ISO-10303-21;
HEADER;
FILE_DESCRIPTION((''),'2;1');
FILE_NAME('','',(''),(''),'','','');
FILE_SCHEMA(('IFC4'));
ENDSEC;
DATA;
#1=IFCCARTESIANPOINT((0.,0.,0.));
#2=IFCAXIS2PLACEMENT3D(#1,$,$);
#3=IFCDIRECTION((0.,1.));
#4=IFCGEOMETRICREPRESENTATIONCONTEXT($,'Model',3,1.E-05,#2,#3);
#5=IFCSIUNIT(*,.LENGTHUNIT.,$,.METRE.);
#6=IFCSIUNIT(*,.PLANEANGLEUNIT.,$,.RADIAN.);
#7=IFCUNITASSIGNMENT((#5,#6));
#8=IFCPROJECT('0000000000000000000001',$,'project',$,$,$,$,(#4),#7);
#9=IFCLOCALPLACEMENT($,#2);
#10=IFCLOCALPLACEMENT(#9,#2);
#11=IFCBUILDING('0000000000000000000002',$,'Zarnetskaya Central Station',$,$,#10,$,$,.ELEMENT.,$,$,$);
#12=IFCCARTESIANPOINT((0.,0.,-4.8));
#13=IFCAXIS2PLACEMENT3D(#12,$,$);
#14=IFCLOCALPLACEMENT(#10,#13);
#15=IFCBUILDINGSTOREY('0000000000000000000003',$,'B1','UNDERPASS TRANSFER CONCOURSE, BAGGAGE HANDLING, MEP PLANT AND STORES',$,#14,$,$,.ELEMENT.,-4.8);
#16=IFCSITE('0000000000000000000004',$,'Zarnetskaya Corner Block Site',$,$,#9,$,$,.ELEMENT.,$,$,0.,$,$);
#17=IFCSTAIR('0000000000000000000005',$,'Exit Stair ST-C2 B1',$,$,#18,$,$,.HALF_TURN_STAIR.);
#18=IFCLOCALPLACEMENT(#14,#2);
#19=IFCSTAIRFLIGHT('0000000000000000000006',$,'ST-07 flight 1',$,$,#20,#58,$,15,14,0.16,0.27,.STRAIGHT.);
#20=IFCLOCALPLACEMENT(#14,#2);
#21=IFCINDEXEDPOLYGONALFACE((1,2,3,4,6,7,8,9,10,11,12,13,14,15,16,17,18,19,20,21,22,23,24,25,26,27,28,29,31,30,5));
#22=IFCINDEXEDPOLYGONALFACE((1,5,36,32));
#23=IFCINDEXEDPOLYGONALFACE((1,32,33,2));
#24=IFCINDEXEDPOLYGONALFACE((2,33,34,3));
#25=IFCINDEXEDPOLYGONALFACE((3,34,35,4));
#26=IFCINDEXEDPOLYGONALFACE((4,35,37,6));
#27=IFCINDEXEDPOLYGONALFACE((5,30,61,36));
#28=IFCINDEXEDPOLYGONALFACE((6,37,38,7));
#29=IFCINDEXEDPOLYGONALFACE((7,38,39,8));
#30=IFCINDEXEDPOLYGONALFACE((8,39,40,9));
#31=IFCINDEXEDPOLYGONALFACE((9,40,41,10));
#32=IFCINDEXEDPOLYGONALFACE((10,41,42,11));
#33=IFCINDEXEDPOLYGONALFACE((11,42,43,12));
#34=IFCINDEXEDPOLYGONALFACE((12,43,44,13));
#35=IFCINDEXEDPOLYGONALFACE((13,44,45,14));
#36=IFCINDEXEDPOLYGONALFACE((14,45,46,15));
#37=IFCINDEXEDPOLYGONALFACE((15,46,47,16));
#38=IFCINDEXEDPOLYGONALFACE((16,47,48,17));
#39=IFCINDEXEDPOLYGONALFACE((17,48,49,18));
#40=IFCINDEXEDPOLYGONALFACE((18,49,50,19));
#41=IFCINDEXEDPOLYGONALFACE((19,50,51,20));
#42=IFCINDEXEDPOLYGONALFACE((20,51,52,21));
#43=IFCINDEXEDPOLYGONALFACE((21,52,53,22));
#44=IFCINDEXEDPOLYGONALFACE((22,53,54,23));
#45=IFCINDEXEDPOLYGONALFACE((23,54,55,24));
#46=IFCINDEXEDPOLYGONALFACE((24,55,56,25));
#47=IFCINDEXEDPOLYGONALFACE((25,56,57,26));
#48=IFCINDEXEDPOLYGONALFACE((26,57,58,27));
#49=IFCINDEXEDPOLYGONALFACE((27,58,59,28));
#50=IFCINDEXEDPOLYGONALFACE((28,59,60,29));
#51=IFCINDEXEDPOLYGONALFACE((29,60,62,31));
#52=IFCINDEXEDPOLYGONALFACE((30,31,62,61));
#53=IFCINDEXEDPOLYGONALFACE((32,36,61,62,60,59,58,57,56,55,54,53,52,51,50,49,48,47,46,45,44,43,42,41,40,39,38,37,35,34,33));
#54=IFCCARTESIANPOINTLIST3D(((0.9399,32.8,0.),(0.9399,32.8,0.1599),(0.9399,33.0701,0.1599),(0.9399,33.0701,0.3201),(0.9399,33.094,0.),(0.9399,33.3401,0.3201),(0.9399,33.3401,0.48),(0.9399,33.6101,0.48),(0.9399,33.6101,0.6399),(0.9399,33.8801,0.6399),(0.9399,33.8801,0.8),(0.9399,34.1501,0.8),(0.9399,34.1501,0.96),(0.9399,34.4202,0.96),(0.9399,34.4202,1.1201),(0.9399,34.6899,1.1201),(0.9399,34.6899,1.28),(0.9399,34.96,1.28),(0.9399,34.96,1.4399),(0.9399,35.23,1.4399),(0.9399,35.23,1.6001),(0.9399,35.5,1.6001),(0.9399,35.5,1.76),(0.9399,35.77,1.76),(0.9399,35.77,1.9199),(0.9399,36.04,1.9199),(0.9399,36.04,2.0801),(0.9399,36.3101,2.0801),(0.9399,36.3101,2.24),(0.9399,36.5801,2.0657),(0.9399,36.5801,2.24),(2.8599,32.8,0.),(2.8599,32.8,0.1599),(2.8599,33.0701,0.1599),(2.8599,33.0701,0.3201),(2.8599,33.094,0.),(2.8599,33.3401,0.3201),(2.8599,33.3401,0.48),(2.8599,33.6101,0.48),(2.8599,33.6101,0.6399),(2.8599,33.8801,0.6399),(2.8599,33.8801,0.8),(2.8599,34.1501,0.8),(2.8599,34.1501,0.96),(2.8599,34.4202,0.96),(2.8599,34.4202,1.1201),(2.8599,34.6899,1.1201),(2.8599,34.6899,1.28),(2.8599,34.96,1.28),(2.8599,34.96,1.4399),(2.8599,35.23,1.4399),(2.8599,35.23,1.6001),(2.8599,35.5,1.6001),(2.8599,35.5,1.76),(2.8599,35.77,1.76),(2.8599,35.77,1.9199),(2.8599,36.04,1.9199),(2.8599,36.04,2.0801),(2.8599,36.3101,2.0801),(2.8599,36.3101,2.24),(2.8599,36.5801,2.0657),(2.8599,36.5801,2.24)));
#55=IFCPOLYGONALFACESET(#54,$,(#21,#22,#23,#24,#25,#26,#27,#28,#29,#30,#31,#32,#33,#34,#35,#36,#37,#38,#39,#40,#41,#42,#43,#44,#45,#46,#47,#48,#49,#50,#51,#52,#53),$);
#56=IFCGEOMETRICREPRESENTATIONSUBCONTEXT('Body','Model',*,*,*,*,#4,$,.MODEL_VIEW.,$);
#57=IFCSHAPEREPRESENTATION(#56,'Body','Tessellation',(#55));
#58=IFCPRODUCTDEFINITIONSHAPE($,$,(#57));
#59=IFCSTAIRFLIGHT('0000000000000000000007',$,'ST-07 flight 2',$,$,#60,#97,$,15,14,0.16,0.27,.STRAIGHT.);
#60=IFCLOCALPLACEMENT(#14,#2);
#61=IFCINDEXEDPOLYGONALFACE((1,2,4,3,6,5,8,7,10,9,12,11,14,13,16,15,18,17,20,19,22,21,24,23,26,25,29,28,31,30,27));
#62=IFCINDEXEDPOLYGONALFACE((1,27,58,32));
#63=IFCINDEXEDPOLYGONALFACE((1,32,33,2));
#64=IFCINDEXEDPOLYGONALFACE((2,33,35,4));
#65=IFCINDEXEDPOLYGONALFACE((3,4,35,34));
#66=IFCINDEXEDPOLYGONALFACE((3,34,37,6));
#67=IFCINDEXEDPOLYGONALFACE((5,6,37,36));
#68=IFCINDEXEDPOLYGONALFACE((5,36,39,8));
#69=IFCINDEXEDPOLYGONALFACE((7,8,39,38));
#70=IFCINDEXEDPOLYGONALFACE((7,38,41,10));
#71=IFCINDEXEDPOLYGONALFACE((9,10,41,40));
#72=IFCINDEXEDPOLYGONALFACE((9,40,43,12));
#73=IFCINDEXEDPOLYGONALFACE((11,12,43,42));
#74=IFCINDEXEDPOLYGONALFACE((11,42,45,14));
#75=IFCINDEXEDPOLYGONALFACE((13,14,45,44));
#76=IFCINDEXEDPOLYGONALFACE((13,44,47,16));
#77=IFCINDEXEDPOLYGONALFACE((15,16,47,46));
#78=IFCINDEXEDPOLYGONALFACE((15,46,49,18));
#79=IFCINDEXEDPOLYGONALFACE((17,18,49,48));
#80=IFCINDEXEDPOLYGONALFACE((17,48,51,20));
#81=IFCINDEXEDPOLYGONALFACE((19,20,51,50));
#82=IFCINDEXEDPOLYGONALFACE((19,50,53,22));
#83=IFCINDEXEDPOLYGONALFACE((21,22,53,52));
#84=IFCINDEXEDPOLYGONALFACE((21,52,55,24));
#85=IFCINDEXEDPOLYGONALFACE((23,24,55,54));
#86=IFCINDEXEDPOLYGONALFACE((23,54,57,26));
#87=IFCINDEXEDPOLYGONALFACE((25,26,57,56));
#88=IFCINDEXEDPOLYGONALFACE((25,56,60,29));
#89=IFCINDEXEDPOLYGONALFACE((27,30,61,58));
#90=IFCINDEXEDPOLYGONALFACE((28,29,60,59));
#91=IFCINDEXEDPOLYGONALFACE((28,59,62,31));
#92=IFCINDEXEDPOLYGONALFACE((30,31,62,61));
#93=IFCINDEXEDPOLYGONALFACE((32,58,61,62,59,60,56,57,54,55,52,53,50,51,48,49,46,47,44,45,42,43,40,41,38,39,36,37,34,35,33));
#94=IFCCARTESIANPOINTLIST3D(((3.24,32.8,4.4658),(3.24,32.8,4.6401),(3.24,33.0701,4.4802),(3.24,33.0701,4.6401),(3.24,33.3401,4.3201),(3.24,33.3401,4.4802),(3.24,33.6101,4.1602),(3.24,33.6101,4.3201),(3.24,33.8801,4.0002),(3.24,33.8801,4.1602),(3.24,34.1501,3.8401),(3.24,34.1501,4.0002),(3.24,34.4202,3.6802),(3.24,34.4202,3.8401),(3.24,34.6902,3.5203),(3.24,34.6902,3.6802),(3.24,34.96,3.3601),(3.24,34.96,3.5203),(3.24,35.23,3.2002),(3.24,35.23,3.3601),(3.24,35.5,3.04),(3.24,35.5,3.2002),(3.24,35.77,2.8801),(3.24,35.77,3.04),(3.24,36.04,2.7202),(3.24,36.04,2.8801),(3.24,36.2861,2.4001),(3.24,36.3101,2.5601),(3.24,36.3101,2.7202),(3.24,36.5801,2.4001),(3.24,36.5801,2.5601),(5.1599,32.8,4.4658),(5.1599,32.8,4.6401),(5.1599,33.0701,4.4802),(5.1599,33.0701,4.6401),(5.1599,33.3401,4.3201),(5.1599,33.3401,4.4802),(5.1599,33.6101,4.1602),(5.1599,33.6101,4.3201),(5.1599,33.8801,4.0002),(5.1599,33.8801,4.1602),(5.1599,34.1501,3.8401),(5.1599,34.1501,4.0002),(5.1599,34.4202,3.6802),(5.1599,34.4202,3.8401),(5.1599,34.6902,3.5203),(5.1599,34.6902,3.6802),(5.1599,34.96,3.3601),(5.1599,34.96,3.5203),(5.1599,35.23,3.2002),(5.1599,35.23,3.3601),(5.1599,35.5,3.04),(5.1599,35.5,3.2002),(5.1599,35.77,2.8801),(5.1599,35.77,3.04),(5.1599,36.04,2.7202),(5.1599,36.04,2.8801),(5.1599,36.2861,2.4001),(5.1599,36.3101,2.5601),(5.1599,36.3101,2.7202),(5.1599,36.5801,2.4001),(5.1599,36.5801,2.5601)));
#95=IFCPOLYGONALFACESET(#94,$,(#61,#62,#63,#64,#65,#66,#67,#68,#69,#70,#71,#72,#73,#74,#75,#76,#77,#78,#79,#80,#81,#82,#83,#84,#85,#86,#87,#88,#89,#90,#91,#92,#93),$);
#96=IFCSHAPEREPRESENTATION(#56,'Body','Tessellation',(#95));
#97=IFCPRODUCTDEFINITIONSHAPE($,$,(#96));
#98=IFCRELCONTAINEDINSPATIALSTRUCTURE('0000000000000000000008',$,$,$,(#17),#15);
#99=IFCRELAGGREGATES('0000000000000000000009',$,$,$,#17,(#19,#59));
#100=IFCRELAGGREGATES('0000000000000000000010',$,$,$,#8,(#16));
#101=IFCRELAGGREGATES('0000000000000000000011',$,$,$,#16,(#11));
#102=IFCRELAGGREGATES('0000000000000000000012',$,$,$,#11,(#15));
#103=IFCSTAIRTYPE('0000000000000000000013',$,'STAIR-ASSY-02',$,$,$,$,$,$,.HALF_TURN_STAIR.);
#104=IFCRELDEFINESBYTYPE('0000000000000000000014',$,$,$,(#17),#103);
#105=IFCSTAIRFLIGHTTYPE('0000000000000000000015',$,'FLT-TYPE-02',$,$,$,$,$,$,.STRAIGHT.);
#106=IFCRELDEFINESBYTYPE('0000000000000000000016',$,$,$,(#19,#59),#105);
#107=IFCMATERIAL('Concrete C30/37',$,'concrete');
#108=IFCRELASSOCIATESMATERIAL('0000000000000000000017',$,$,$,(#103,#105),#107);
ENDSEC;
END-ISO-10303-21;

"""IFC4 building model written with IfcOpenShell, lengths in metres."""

from ifc_helpers import new_model, si_unit, direction, frame, origin, place, context, subcontext, project, spatial, polyline, outline, extrude, material, type_object, element, aggregate, save


model = new_model("IFC4")

# Units and contexts
model_context = context("Model", 3, precision=1e-05, world=origin(), true_north=direction((0.0, 1.0)))
body_context = subcontext(model_context, "Body", "Model", "MODEL_VIEW")
ifc_project = project(units=[si_unit("LENGTHUNIT", "METRE"), si_unit("PLANEANGLEUNIT", "RADIAN")], contexts=[model_context])

# Site, building, storey
site_placement = place(None, origin())
site = spatial("IfcSite", under=ifc_project, at=site_placement, Name="Zarnetskaya Corner Block Site", CompositionType="ELEMENT", RefElevation=0.0)
building_placement = place(site_placement, origin())
building = spatial("IfcBuilding", under=site, at=building_placement, Name="Zarnetskaya Central Station", CompositionType="ELEMENT")
storey_placement = place(building_placement, frame((0.0, 0.0, -4.8)))
storey = spatial("IfcBuildingStorey", under=building, at=storey_placement, Name="B1", Description="UNDERPASS TRANSFER CONCOURSE, BAGGAGE HANDLING, MEP PLANT AND STORES", CompositionType="ELEMENT", Elevation=-4.8)

# Shared definitions
ifc_material_1 = material(Name="Concrete C30/37", Category="concrete")

# Stair, stair flights
stair_type = type_object("IfcStairType", Name="STAIR-ASSY-02", PredefinedType="HALF_TURN_STAIR", material=ifc_material_1)
stair_placement = place(storey_placement, origin())
stair = element("IfcStair", 1, at=stair_placement, inside=storey, type_object=stair_type, Name="Exit Stair ST-C2 B1", PredefinedType="HALF_TURN_STAIR")
stair_flight_type = type_object("IfcStairFlightType", Name="FLT-TYPE-02", PredefinedType="STRAIGHT", material=ifc_material_1)
stair_flight_1_placement = place(storey_placement, frame((1.8999, 32.8, 0.0), z_axis=(0.0, 0.0, 1.0), x_axis=(0.0, 1.0, 0.0)))
stair_flight_1 = element("IfcStairFlight", 2, at=stair_flight_1_placement, type_object=stair_flight_type, Name="ST-07 flight 1", NumberOfRisers=15, NumberOfTreads=14, PredefinedType="STRAIGHT", RiserHeight=0.16, TreadLength=0.27, context=body_context, shape_type="SweptSolid", body=[
    extrude(outline(polyline([(0.0, 0.0), (0.0, 0.1599), (0.27, 0.1599), (0.27, 0.3201), (0.54, 0.3201), (0.54, 0.48), (0.8101, 0.48), (0.8101, 0.6399), (1.0801, 0.6399), (1.0801, 0.8), (1.3501, 0.8), (1.3501, 0.96), (1.6201, 0.96), (1.6201, 1.1201), (1.8899, 1.1201), (1.8899, 1.28), (2.1599, 1.28), (2.1599, 1.4399), (2.4299, 1.4399), (2.4299, 1.6001), (2.7, 1.6001), (2.7, 1.76), (2.97, 1.76), (2.97, 1.9199), (3.24, 1.9199), (3.24, 2.0801), (3.51, 2.0801), (3.51, 2.24), (3.78, 2.24), (3.78, 2.3999), (3.78, 2.0657), (0.2939, 0.0), (0.0, 0.0)])), frame((0.0, 0.96, 0.0), z_axis=(0.0, -1.0, 0.0), x_axis=(1.0, 0.0, 0.0)), (0.0, 0.0, 1.0), 1.9199),
])
stair_flight_2_placement = place(storey_placement, frame((4.2, 36.5801, 2.4001), z_axis=(0.0, 0.0, 1.0), x_axis=(0.0, -1.0, 0.0)))
stair_flight_2 = element("IfcStairFlight", 3, at=stair_flight_2_placement, type_object=stair_flight_type, Name="ST-07 flight 2", NumberOfRisers=15, NumberOfTreads=14, PredefinedType="STRAIGHT", RiserHeight=0.16, TreadLength=0.27, context=body_context, shape_type="SweptSolid", body=[
    extrude(outline(polyline([(0.0, 0.0), (0.0, 0.1599), (0.27, 0.1599), (0.27, 0.3201), (0.54, 0.3201), (0.54, 0.48), (0.8101, 0.48), (0.8101, 0.6399), (1.0801, 0.6399), (1.0801, 0.8), (1.3501, 0.8), (1.3501, 0.96), (1.6201, 0.96), (1.6201, 1.1201), (1.8899, 1.1201), (1.8899, 1.28), (2.1599, 1.28), (2.1599, 1.4399), (2.4299, 1.4399), (2.4299, 1.6001), (2.7, 1.6001), (2.7, 1.76), (2.97, 1.76), (2.97, 1.9199), (3.24, 1.9199), (3.24, 2.0801), (3.51, 2.0801), (3.51, 2.24), (3.78, 2.24), (3.78, 2.3999), (3.78, 2.0657), (0.2939, 0.0), (0.0, 0.0)])), frame((0.0, 0.96, 0.0), z_axis=(0.0, -1.0, 0.0), x_axis=(1.0, 0.0, 0.0)), (0.0, 0.0, 1.0), 1.9199),
])
aggregate(stair, [stair_flight_1, stair_flight_2])

save(model, "model.ifc")
